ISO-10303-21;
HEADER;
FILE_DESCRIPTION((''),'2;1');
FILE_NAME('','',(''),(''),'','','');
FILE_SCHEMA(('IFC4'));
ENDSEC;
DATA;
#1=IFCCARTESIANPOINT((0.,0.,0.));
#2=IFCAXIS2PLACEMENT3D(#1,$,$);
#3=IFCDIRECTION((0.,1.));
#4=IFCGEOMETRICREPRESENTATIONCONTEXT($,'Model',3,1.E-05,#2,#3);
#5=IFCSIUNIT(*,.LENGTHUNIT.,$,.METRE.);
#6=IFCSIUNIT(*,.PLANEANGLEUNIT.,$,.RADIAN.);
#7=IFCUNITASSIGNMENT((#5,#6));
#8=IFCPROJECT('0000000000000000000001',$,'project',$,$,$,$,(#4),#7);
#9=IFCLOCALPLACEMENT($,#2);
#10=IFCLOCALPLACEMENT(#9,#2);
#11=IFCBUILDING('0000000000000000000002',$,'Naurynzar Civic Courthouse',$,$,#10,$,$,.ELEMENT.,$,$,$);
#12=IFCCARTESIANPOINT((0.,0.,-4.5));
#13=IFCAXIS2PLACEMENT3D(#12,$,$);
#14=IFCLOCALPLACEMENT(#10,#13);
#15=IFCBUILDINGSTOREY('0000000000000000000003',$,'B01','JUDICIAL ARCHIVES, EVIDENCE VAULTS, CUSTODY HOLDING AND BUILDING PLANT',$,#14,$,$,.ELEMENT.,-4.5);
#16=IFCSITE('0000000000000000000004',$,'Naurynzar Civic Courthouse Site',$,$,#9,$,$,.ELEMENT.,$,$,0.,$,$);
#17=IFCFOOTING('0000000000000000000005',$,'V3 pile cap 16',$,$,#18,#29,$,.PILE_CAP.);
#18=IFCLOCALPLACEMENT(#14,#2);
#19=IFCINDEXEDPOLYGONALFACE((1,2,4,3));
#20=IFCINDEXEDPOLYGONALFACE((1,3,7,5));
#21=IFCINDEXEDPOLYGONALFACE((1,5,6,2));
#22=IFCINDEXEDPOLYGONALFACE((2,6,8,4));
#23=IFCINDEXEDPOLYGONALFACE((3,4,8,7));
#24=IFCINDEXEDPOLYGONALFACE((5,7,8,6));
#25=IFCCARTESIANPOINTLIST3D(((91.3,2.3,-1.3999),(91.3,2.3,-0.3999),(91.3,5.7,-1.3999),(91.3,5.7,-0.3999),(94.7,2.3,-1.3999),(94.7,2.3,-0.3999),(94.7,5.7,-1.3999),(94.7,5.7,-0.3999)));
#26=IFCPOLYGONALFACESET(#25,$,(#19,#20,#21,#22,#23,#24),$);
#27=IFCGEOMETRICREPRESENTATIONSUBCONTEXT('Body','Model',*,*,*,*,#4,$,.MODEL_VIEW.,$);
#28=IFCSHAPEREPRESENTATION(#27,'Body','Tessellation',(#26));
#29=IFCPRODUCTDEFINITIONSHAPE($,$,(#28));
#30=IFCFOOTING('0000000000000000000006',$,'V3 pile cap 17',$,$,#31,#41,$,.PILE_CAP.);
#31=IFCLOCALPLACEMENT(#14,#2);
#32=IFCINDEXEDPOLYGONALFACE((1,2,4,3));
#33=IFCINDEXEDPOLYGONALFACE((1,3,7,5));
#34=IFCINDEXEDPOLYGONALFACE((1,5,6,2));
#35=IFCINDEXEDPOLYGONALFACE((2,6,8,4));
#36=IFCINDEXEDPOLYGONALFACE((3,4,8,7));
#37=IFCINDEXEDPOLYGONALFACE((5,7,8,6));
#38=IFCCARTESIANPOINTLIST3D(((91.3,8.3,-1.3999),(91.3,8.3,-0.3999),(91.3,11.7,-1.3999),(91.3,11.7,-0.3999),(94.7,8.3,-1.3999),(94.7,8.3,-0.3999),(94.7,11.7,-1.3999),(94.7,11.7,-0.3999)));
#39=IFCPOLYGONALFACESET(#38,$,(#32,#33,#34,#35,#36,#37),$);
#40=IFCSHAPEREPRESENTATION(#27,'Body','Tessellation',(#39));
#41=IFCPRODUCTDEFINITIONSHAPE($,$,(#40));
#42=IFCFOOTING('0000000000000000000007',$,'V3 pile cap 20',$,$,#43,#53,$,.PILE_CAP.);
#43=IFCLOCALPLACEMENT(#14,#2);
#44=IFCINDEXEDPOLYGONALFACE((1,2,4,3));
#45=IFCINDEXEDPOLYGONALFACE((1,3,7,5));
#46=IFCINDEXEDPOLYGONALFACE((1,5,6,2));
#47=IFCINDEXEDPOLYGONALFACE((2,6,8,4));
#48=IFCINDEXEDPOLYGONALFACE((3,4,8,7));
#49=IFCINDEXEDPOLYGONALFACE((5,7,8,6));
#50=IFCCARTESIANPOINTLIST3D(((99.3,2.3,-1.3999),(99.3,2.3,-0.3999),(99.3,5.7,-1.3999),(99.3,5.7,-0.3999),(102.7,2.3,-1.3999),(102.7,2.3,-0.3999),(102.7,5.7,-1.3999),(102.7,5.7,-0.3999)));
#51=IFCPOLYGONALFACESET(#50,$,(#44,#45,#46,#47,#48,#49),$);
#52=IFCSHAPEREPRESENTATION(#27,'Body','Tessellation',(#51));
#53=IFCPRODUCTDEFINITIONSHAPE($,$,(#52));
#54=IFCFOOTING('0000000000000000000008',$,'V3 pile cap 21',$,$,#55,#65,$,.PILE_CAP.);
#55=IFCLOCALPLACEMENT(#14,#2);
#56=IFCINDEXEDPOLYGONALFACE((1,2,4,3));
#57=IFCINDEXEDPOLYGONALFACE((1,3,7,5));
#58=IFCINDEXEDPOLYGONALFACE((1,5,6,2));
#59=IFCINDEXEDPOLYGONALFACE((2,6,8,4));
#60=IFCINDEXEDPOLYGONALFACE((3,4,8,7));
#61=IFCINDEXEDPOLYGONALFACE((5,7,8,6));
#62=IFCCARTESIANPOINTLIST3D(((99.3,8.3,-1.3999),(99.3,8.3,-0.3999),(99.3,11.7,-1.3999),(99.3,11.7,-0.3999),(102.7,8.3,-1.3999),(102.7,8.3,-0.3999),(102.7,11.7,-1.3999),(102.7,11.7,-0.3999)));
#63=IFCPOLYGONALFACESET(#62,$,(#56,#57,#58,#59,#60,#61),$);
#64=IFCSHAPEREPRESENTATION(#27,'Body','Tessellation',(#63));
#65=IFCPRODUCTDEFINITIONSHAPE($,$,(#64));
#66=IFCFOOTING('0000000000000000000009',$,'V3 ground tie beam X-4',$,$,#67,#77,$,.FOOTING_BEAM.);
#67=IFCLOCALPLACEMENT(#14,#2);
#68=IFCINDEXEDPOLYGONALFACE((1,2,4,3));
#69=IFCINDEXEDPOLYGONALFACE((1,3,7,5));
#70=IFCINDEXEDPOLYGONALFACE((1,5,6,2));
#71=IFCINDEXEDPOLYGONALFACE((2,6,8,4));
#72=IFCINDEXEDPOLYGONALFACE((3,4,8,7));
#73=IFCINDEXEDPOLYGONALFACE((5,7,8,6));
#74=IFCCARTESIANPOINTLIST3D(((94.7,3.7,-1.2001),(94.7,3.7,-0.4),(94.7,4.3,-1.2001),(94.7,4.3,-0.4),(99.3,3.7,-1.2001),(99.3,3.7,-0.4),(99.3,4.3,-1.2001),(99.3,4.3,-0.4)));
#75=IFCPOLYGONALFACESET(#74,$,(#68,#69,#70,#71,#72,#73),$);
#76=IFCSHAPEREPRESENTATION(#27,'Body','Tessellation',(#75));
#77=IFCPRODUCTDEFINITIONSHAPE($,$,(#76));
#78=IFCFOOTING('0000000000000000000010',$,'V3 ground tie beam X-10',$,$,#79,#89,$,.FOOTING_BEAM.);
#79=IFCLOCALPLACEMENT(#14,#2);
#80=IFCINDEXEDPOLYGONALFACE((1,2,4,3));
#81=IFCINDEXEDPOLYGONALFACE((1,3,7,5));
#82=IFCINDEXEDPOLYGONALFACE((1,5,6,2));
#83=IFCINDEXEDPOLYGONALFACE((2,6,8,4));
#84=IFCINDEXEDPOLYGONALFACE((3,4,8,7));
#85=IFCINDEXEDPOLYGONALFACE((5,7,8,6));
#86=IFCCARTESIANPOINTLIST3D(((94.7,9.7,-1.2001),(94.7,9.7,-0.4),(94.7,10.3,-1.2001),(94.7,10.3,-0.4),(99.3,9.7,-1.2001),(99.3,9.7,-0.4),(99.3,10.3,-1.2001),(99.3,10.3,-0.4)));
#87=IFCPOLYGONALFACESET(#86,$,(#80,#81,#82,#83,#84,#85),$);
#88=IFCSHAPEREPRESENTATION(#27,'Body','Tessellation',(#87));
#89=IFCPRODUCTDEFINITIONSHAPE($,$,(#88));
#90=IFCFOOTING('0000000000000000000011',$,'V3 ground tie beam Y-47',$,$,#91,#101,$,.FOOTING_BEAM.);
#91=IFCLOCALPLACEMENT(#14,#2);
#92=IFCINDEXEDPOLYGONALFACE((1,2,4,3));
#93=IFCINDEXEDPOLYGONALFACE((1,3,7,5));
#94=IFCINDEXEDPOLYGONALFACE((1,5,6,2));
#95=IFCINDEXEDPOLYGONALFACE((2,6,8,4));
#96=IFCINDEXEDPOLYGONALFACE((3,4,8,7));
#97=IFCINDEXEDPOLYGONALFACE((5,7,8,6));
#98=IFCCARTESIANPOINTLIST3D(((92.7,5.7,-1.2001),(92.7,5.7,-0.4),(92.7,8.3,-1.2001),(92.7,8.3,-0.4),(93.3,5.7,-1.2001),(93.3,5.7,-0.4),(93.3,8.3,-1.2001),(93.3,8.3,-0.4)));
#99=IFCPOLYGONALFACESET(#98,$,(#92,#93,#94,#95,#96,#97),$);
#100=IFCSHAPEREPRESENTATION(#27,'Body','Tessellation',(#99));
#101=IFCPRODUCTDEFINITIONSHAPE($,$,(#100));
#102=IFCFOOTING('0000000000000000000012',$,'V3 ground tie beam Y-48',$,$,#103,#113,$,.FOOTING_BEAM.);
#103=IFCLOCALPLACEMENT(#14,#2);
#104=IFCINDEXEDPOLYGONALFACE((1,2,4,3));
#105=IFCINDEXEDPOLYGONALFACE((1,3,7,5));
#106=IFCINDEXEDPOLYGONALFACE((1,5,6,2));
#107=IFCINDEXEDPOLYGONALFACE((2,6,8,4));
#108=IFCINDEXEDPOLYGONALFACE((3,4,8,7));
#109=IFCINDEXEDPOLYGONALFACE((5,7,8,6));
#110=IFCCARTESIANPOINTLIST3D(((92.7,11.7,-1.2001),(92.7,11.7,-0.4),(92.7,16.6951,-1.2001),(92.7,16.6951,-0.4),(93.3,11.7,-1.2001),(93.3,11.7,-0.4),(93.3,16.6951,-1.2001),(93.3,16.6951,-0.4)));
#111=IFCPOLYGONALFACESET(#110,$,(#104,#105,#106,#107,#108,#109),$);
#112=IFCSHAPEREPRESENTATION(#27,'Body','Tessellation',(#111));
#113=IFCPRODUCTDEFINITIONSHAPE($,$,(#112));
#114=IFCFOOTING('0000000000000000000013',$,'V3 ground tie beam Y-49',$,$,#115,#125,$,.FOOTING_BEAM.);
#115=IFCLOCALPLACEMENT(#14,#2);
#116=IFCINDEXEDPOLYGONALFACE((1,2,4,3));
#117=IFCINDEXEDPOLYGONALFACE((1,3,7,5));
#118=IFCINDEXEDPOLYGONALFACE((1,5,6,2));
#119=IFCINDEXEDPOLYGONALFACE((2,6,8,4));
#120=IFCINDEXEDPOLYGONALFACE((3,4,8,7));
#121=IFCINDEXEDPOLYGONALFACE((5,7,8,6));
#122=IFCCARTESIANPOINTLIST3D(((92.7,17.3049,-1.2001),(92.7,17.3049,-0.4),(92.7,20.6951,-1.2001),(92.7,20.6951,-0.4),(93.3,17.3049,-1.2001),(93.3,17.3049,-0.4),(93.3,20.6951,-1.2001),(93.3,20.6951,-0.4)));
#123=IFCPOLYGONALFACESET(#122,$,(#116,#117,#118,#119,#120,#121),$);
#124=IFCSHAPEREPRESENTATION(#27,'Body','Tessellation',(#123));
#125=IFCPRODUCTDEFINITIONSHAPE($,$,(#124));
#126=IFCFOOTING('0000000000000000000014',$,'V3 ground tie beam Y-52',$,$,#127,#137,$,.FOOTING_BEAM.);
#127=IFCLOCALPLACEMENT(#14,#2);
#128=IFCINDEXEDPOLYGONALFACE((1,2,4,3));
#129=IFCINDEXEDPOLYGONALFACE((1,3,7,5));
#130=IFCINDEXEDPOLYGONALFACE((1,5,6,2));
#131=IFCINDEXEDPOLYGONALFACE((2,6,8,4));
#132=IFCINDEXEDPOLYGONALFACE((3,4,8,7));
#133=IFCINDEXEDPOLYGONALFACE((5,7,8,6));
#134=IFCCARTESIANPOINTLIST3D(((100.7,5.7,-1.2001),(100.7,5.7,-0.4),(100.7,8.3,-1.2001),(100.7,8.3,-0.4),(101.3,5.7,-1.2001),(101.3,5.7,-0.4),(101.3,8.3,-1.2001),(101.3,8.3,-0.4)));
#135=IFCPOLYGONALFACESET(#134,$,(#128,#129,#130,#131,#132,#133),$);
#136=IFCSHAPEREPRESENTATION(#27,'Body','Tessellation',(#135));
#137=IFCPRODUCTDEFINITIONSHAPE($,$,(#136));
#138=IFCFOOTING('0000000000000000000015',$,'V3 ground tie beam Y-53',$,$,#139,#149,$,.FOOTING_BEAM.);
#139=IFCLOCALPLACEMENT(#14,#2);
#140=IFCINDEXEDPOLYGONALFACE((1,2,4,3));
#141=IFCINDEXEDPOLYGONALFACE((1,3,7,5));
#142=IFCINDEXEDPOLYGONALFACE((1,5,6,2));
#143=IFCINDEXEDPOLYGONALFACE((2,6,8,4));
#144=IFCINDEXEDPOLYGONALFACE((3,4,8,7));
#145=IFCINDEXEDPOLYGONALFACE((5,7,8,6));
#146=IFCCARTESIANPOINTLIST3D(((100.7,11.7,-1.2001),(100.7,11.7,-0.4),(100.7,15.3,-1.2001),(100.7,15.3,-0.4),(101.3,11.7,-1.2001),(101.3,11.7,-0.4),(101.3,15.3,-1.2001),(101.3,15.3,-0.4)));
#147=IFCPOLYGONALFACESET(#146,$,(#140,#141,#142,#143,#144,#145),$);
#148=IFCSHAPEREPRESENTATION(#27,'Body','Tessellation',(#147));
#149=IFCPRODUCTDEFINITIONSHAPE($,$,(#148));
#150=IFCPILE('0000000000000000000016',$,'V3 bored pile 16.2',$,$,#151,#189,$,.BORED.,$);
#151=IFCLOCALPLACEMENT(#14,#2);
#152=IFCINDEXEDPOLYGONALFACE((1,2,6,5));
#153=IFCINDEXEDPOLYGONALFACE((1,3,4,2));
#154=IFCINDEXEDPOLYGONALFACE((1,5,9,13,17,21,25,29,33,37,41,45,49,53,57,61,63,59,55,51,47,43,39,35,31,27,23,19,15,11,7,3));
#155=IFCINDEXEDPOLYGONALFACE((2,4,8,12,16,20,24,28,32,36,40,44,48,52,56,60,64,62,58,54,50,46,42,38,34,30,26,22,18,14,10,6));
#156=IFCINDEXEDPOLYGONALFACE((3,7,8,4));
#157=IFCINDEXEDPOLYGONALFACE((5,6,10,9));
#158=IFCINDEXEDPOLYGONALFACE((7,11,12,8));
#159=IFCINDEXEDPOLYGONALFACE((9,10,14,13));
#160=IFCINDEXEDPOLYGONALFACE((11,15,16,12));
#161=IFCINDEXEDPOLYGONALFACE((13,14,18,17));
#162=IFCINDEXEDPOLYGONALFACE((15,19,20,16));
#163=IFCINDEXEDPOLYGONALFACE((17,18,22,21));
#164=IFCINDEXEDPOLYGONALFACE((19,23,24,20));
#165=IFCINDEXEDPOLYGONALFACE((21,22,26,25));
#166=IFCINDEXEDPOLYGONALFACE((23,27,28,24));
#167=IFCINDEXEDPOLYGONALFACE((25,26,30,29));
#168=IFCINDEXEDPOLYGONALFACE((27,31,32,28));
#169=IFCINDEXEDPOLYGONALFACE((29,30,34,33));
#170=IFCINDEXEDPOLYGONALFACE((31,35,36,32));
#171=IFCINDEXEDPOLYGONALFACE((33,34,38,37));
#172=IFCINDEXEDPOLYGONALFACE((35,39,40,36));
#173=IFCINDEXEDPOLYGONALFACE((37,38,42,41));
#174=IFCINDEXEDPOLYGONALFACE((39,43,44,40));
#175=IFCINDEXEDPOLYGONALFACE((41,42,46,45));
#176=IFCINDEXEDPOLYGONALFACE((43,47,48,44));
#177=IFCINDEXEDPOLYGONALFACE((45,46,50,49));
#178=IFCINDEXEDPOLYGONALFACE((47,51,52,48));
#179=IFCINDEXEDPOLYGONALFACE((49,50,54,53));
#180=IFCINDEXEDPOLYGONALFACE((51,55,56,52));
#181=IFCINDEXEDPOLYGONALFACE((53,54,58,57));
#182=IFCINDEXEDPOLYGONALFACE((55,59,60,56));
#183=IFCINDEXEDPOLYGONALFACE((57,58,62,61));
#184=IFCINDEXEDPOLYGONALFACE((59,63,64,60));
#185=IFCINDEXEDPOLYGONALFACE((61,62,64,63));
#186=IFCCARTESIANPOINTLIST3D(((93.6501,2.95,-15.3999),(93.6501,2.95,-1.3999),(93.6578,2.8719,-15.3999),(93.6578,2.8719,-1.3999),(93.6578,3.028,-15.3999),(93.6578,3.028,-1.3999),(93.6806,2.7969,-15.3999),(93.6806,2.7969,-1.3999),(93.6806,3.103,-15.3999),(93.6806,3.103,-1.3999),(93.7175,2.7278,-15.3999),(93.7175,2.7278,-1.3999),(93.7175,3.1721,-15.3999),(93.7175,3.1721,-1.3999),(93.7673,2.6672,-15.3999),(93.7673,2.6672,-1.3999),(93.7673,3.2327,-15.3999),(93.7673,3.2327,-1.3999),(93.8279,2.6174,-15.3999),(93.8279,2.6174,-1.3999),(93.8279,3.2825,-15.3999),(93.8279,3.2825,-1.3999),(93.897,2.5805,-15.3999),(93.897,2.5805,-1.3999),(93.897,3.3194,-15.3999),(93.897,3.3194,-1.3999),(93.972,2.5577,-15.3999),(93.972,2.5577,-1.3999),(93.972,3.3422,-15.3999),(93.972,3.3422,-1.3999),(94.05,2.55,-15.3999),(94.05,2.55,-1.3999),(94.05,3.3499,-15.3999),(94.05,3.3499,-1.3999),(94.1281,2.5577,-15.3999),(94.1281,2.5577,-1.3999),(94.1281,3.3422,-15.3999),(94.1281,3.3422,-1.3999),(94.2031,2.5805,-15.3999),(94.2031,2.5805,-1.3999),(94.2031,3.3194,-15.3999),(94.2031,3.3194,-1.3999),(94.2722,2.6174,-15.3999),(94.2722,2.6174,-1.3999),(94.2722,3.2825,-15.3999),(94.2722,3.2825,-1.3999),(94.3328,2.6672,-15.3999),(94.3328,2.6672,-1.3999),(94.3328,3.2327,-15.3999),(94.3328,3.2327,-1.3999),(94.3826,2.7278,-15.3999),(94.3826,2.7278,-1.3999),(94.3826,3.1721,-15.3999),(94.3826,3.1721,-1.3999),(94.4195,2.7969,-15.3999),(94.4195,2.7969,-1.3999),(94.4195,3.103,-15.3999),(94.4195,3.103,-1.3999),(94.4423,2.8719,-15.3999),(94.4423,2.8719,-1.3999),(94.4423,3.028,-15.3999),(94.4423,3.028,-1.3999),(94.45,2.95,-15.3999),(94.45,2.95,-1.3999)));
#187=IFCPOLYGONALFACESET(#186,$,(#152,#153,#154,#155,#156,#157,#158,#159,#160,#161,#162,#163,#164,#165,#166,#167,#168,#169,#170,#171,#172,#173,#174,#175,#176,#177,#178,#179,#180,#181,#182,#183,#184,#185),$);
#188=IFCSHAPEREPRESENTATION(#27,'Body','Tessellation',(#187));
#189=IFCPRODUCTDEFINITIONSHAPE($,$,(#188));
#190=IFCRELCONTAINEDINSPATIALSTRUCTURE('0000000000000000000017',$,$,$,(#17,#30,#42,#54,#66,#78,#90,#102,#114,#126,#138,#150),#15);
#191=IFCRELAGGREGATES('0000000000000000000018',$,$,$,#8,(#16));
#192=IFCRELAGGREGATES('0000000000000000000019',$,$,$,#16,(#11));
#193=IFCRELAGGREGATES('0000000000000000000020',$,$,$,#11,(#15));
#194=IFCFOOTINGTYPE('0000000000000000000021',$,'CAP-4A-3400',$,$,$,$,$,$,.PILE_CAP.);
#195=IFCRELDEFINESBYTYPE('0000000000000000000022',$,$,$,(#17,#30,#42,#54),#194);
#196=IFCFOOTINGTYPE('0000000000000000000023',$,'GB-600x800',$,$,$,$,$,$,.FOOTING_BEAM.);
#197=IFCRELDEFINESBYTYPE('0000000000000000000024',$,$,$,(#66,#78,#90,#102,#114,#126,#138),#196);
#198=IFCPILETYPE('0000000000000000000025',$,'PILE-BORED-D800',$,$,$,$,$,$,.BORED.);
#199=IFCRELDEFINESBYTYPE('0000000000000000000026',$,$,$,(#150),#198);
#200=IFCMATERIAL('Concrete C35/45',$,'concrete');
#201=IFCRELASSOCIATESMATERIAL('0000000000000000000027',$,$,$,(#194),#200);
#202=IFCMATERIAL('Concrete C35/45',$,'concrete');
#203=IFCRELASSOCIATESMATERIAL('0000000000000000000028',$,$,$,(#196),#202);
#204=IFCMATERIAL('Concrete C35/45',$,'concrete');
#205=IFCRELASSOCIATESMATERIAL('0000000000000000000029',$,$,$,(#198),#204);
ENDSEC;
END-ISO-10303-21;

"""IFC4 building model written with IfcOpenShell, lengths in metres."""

from ifc_helpers import new_model, si_unit, direction, frame, origin, origin_2d, place, context, subcontext, project, spatial, rectangle, circle, extrude, material, material_profile, profile_set, type_object, element, save


model = new_model("IFC4")

# Units and contexts
model_context = context("Model", 3, precision=1e-05, world=origin(), true_north=direction((0.0, 1.0)))
body_context = subcontext(model_context, "Body", "Model", "MODEL_VIEW")
ifc_project = project(units=[si_unit("LENGTHUNIT", "METRE"), si_unit("PLANEANGLEUNIT", "RADIAN")], contexts=[model_context])

# Site, building, storey
site_placement = place(None, origin())
site = spatial("IfcSite", under=ifc_project, at=site_placement, Name="Naurynzar Civic Courthouse Site", CompositionType="ELEMENT", RefElevation=0.0)
building_placement = place(site_placement, origin())
building = spatial("IfcBuilding", under=site, at=building_placement, Name="Naurynzar Civic Courthouse", CompositionType="ELEMENT")
storey_placement = place(building_placement, frame((0.0, 0.0, -4.5)))
storey = spatial("IfcBuildingStorey", under=building, at=storey_placement, Name="B01", Description="JUDICIAL ARCHIVES, EVIDENCE VAULTS, CUSTODY HOLDING AND BUILDING PLANT", CompositionType="ELEMENT", Elevation=-4.5)

# Footings
ifc_material_1 = material(Name="Concrete C35/45", Category="concrete")
footing_type_1 = type_object("IfcFootingType", Name="CAP-4A-3400", PredefinedType="PILE_CAP", material=ifc_material_1)
for number, where, z_axis, x_axis, name in (
    (1, (93.0, 4.0, -1.3999), (0.0, 0.0, 1.0), (1.0, 0.0, 0.0), "V3 pile cap 16"),
    (2, (93.0, 10.0, -1.3999), (0.0, 0.0, 1.0), (1.0, 0.0, 0.0), "V3 pile cap 17"),
    (3, (101.0, 4.0, -1.3999), (0.0, 0.0, 1.0), (1.0, 0.0, 0.0), "V3 pile cap 20"),
    (4, (101.0, 10.0, -1.3999), (0.0, 0.0, 1.0), (1.0, 0.0, 0.0), "V3 pile cap 21"),
):
    element("IfcFooting", number, at=place(storey_placement, frame(where, z_axis=z_axis, x_axis=x_axis)), inside=storey, type_object=footing_type_1, Name=name, PredefinedType="PILE_CAP", context=body_context, shape_type="SweptSolid", body=[
        extrude(rectangle(XDim=3.3999, YDim=3.3999, at=origin_2d()), origin(), (0.0, 0.0, 1.0), 1.0),
    ])
ifc_material_2 = material(Name="Concrete C35/45", Category="concrete")
ifc_material_profile_1 = material_profile(ifc_material_2, rectangle(XDim=0.6001, YDim=0.8, at=origin_2d()), Name="GB 600x800")
ifc_profile_set_1 = profile_set([ifc_material_profile_1], Name="Concrete C35/45")
footing_type_2 = type_object("IfcFootingType", Name="GB-600x800", PredefinedType="FOOTING_BEAM", material=ifc_profile_set_1)
for number, where, z_axis, x_axis, name in (
    (5, (94.7, 4.0, -0.8), (1.0, 0.0, 0.0), (0.0, 1.0, 0.0), "V3 ground tie beam X-4"),
    (6, (94.7, 10.0, -0.8), (1.0, 0.0, 0.0), (0.0, 1.0, 0.0), "V3 ground tie beam X-10"),
):
    element("IfcFooting", number, at=place(storey_placement, frame(where, z_axis=z_axis, x_axis=x_axis)), inside=storey, type_object=footing_type_2, Name=name, PredefinedType="FOOTING_BEAM", context=body_context, shape_type="SweptSolid", body=[
        extrude(rectangle(XDim=0.6001, YDim=0.8, at=origin_2d()), origin(), (0.0, 0.0, 1.0), 4.6001),
    ])
footing_1_placement = place(storey_placement, frame((93.0, 5.7, -0.8), z_axis=(0.0, 1.0, 0.0), x_axis=(-1.0, 0.0, 0.0)))
element("IfcFooting", 7, at=footing_1_placement, inside=storey, type_object=footing_type_2, Name="V3 ground tie beam Y-47", PredefinedType="FOOTING_BEAM", context=body_context, shape_type="SweptSolid", body=[
    extrude(rectangle(XDim=0.6001, YDim=0.8, at=origin_2d()), origin(), (0.0, 0.0, 1.0), 2.6001),
])
footing_2_placement = place(storey_placement, frame((93.0, 11.7, -0.8), z_axis=(0.0, 1.0, 0.0), x_axis=(-1.0, 0.0, 0.0)))
element("IfcFooting", 8, at=footing_2_placement, inside=storey, type_object=footing_type_2, Name="V3 ground tie beam Y-48", PredefinedType="FOOTING_BEAM", context=body_context, shape_type="SweptSolid", body=[
    extrude(rectangle(XDim=0.6001, YDim=0.8, at=origin_2d()), origin(), (0.0, 0.0, 1.0), 4.9951),
])
footing_3_placement = place(storey_placement, frame((93.0, 17.3049, -0.8), z_axis=(0.0, 1.0, 0.0), x_axis=(-1.0, 0.0, 0.0)))
element("IfcFooting", 9, at=footing_3_placement, inside=storey, type_object=footing_type_2, Name="V3 ground tie beam Y-49", PredefinedType="FOOTING_BEAM", context=body_context, shape_type="SweptSolid", body=[
    extrude(rectangle(XDim=0.6001, YDim=0.8, at=origin_2d()), origin(), (0.0, 0.0, 1.0), 3.3901),
])
footing_4_placement = place(storey_placement, frame((101.0, 5.7, -0.8), z_axis=(0.0, 1.0, 0.0), x_axis=(-1.0, 0.0, 0.0)))
element("IfcFooting", 10, at=footing_4_placement, inside=storey, type_object=footing_type_2, Name="V3 ground tie beam Y-52", PredefinedType="FOOTING_BEAM", context=body_context, shape_type="SweptSolid", body=[
    extrude(rectangle(XDim=0.6001, YDim=0.8, at=origin_2d()), origin(), (0.0, 0.0, 1.0), 2.6001),
])
footing_5_placement = place(storey_placement, frame((101.0, 11.7, -0.8), z_axis=(0.0, 1.0, 0.0), x_axis=(-1.0, 0.0, 0.0)))
element("IfcFooting", 11, at=footing_5_placement, inside=storey, type_object=footing_type_2, Name="V3 ground tie beam Y-53", PredefinedType="FOOTING_BEAM", context=body_context, shape_type="SweptSolid", body=[
    extrude(rectangle(XDim=0.6001, YDim=0.8, at=origin_2d()), origin(), (0.0, 0.0, 1.0), 3.6001),
])

# Pile
ifc_material_3 = material(Name="Concrete C35/45", Category="concrete")
ifc_material_profile_2 = material_profile(ifc_material_3, circle(Radius=0.3999, at=origin_2d()), Name="PILE D800")
ifc_profile_set_2 = profile_set([ifc_material_profile_2], Name="Concrete C35/45")
pile_type = type_object("IfcPileType", Name="PILE-BORED-D800", PredefinedType="BORED", material=ifc_profile_set_2)
for number, where, z_axis, x_axis, name in (
    (12, (94.05, 2.95, -1.3999), (0.0, 0.0, -1.0), (1.0, 0.0, 0.0), "V3 bored pile 16.2"),
):
    element("IfcPile", number, at=place(storey_placement, frame(where, z_axis=z_axis, x_axis=x_axis)), inside=storey, type_object=pile_type, Name=name, PredefinedType="BORED", context=body_context, shape_type="SweptSolid", body=[
        extrude(circle(Radius=0.3999, at=origin_2d()), origin(), (0.0, 0.0, 1.0), 14.0),
    ])

save(model, "model.ifc")
